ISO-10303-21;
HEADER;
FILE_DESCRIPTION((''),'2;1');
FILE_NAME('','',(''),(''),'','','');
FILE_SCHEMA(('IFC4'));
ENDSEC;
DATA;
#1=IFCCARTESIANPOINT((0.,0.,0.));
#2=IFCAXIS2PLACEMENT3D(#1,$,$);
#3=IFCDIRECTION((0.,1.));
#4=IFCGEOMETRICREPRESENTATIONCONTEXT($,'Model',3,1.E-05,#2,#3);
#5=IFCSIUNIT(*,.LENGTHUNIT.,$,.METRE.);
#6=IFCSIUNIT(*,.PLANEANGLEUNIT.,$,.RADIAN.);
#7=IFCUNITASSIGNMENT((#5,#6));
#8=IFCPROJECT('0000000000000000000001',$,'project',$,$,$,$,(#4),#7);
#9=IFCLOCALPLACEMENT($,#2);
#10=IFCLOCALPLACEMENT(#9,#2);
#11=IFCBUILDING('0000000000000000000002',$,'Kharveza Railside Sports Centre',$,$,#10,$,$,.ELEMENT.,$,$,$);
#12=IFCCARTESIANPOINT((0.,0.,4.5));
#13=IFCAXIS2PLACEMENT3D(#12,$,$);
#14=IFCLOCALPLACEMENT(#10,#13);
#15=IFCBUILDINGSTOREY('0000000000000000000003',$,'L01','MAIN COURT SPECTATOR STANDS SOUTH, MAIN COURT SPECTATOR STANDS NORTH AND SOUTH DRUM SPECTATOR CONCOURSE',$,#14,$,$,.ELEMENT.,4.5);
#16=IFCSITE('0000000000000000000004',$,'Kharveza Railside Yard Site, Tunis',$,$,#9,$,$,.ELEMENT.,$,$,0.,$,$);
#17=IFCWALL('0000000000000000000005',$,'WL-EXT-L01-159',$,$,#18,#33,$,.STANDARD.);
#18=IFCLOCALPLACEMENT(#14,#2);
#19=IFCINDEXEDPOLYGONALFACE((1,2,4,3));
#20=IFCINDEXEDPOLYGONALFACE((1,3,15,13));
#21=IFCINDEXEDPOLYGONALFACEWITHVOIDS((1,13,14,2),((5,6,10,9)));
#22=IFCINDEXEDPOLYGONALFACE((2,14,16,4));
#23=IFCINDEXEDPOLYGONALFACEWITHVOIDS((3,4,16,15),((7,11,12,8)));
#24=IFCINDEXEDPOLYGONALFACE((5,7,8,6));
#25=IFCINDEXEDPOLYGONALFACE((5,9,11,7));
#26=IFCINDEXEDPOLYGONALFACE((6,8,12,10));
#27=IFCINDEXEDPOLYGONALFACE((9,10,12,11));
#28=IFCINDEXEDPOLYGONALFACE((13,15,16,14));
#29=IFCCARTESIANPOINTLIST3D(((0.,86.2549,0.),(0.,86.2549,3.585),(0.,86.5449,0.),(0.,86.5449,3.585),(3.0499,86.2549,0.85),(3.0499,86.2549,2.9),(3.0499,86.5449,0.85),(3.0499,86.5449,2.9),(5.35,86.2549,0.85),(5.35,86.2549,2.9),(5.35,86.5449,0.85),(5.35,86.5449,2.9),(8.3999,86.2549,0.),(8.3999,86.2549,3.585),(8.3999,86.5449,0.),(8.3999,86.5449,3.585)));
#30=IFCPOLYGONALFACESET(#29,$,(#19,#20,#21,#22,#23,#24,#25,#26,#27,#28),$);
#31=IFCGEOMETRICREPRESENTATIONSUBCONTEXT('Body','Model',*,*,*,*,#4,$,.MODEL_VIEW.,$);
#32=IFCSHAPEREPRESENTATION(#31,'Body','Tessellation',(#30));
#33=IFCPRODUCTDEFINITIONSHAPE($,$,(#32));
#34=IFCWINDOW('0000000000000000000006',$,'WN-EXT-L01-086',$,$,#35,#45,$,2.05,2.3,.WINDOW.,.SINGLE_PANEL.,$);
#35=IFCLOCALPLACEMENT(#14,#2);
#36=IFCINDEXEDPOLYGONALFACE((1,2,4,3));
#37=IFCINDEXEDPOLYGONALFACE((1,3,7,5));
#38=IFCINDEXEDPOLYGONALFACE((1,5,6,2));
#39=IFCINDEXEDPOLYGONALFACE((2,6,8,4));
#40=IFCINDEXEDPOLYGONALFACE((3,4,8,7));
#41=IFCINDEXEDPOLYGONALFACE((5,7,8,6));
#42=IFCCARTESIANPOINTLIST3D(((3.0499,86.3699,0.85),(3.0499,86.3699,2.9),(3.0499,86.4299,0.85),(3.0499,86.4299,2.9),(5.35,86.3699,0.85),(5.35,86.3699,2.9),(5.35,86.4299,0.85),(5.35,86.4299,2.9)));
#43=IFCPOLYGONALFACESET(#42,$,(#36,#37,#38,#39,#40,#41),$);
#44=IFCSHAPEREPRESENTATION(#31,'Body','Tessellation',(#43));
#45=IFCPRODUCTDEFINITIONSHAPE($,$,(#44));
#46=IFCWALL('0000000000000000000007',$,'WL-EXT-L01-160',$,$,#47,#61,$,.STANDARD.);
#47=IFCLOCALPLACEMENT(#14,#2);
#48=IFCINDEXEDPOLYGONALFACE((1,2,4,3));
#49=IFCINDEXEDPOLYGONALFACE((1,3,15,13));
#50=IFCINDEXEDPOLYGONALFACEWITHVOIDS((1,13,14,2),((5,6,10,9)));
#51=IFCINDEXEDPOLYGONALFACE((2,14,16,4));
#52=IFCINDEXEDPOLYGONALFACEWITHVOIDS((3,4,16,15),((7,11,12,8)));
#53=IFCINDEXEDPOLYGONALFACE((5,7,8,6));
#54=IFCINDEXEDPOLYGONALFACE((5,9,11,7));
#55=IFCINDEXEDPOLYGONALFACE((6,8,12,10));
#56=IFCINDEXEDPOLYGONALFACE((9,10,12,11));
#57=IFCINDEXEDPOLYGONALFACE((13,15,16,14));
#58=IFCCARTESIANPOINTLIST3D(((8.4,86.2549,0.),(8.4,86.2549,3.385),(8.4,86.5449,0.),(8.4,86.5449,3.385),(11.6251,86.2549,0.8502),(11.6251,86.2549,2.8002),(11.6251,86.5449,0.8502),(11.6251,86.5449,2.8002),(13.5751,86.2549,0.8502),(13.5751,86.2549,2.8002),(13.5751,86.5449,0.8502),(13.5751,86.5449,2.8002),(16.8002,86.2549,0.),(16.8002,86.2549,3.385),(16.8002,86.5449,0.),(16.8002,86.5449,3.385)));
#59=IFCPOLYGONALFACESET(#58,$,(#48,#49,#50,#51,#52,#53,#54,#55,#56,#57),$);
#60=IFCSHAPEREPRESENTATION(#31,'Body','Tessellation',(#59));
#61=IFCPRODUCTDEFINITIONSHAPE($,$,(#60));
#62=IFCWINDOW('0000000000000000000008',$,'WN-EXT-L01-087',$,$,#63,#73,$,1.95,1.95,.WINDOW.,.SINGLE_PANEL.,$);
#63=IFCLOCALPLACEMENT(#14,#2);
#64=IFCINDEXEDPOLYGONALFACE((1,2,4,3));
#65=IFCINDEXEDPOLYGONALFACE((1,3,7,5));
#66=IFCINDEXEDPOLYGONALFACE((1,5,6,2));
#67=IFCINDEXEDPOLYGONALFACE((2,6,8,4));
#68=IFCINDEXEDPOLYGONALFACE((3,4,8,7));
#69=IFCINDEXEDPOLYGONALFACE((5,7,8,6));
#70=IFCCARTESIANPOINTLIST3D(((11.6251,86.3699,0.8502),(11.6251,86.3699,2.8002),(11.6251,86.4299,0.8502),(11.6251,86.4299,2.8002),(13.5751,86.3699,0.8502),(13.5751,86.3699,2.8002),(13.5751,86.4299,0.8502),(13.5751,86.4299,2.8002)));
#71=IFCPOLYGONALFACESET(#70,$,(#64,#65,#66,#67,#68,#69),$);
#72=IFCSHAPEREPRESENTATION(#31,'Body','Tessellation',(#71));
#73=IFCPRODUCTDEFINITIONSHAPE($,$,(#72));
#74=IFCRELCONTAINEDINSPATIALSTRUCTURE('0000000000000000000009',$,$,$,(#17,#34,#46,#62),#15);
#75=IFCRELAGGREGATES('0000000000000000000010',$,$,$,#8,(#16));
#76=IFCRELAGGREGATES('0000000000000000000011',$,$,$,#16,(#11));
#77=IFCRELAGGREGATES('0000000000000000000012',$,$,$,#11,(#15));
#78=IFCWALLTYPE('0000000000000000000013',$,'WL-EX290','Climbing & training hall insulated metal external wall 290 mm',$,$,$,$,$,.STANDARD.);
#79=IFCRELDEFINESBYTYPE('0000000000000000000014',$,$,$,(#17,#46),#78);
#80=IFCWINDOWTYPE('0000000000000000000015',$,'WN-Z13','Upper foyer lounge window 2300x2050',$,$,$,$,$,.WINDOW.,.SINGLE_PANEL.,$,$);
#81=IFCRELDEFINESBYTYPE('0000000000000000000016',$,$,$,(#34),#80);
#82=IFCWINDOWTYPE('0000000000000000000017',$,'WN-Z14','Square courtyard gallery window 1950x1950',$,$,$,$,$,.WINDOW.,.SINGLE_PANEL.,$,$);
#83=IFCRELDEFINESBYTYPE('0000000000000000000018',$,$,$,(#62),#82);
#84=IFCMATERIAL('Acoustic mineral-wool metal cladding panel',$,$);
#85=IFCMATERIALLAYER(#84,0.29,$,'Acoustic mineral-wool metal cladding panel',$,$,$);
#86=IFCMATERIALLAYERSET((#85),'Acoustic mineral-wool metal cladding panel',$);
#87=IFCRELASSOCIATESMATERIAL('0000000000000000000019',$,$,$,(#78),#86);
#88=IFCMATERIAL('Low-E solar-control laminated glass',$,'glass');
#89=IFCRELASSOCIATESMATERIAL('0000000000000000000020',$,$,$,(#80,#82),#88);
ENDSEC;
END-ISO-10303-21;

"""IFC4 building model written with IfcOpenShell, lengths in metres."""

from ifc_helpers import new_model, si_unit, direction, frame, frame_2d, origin, place, context, subcontext, project, spatial, rectangle, extrude, material, layer, layer_set, type_object, element, fill, save


model = new_model("IFC4")

# Units and contexts
model_context = context("Model", 3, precision=1e-05, world=origin(), true_north=direction((0.0, 1.0)))
body_context = subcontext(model_context, "Body", "Model", "MODEL_VIEW")
ifc_project = project(units=[si_unit("LENGTHUNIT", "METRE"), si_unit("PLANEANGLEUNIT", "RADIAN")], contexts=[model_context])

# Site, building, storey
site_placement = place(None, origin())
site = spatial("IfcSite", under=ifc_project, at=site_placement, Name="Kharveza Railside Yard Site, Tunis", CompositionType="ELEMENT", RefElevation=0.0)
building_placement = place(site_placement, origin())
building = spatial("IfcBuilding", under=site, at=building_placement, Name="Kharveza Railside Sports Centre", CompositionType="ELEMENT")
storey_placement = place(building_placement, frame((0.0, 0.0, 4.5)))
storey = spatial("IfcBuildingStorey", under=building, at=storey_placement, Name="L01", Description="MAIN COURT SPECTATOR STANDS SOUTH, MAIN COURT SPECTATOR STANDS NORTH AND SOUTH DRUM SPECTATOR CONCOURSE", CompositionType="ELEMENT", Elevation=4.5)

# Walls, openings, windows
ifc_material_1 = material(Name="Acoustic mineral-wool metal cladding panel")
ifc_layer_1 = layer(ifc_material_1, 0.29, Name="Acoustic mineral-wool metal cladding panel")
ifc_layer_set_1 = layer_set([ifc_layer_1], Name="Acoustic mineral-wool metal cladding panel")
wall_type_1 = type_object("IfcWallType", Name="WL-EX290", Description="Climbing & training hall insulated metal external wall 290 mm", PredefinedType="STANDARD", material=ifc_layer_set_1)
ifc_material_2 = material(Name="Low-E solar-control laminated glass", Category="glass")
window_type_1 = type_object("IfcWindowType", Name="WN-Z13", Description="Upper foyer lounge window 2300x2050", PartitioningType="SINGLE_PANEL", PredefinedType="WINDOW", material=ifc_material_2)
wall_1_placement = place(storey_placement, frame((0.0, 86.3999, 0.0), z_axis=(0.0, 0.0, 1.0), x_axis=(1.0, 0.0, 0.0)))
wall_1 = element("IfcWall", 1, at=wall_1_placement, inside=storey, type_object=wall_type_1, Name="WL-EXT-L01-159", PredefinedType="STANDARD", context=body_context, shape_type="SweptSolid", body=[
    extrude(rectangle(XDim=8.3999, YDim=0.29, at=frame_2d((4.2, 0.0))), origin(), (0.0, 0.0, 1.0), 3.585),
])
opening_1_placement = place(wall_1_placement, frame((3.05, 0.0, 0.8501)))
opening_1 = element("IfcOpeningElement", 2, at=opening_1_placement, cuts=wall_1, PredefinedType="OPENING", context=body_context, shape_type="SweptSolid", body=[
    extrude(rectangle(XDim=2.3, YDim=2.05, at=frame_2d((1.1499, 1.0249))), frame((0.0, 0.1699, 0.0), z_axis=(0.0, -1.0, 0.0), x_axis=(1.0, 0.0, 0.0)), (0.0, 0.0, 1.0), 0.3398),
])
window_1_placement = place(opening_1_placement, origin())
window_1 = element("IfcWindow", 3, at=window_1_placement, inside=storey, type_object=window_type_1, Name="WN-EXT-L01-086", OverallHeight=2.05, OverallWidth=2.3, PartitioningType="SINGLE_PANEL", PredefinedType="WINDOW", context=body_context, shape_type="SweptSolid", body=[
    extrude(rectangle(XDim=2.3, YDim=2.05, at=frame_2d((1.1499, 1.0249))), frame((0.0, 0.03, 0.0), z_axis=(0.0, -1.0, 0.0), x_axis=(1.0, 0.0, 0.0)), (0.0, 0.0, 1.0), 0.0601),
])
fill(opening_1, window_1)
wall_2_placement = place(storey_placement, frame((8.3999, 86.3999, 0.0), z_axis=(0.0, 0.0, 1.0), x_axis=(1.0, 0.0, 0.0)))
wall_2 = element("IfcWall", 4, at=wall_2_placement, inside=storey, type_object=wall_type_1, Name="WL-EXT-L01-160", PredefinedType="STANDARD", context=body_context, shape_type="SweptSolid", body=[
    extrude(rectangle(XDim=8.4001, YDim=0.29, at=frame_2d((4.2002, 0.0))), origin(), (0.0, 0.0, 1.0), 3.385),
])
opening_2_placement = place(wall_2_placement, frame((3.2251, 0.0, 0.8501)))
opening_2 = element("IfcOpeningElement", 5, at=opening_2_placement, cuts=wall_2, PredefinedType="OPENING", context=body_context, shape_type="SweptSolid", body=[
    extrude(rectangle(XDim=1.95, YDim=1.95, at=frame_2d((0.9751, 0.9751))), frame((0.0, 0.1699, 0.0), z_axis=(0.0, -1.0, 0.0), x_axis=(1.0, 0.0, 0.0)), (0.0, 0.0, 1.0), 0.3398),
])
window_type_2 = type_object("IfcWindowType", Name="WN-Z14", Description="Square courtyard gallery window 1950x1950", PartitioningType="SINGLE_PANEL", PredefinedType="WINDOW", material=ifc_material_2)
window_2_placement = place(opening_2_placement, origin())
window_2 = element("IfcWindow", 6, at=window_2_placement, inside=storey, type_object=window_type_2, Name="WN-EXT-L01-087", OverallHeight=1.95, OverallWidth=1.95, PartitioningType="SINGLE_PANEL", PredefinedType="WINDOW", context=body_context, shape_type="SweptSolid", body=[
    extrude(rectangle(XDim=1.95, YDim=1.95, at=frame_2d((0.9751, 0.9751))), frame((0.0, 0.03, 0.0), z_axis=(0.0, -1.0, 0.0), x_axis=(1.0, 0.0, 0.0)), (0.0, 0.0, 1.0), 0.0601),
])
fill(opening_2, window_2)

save(model, "model.ifc")
